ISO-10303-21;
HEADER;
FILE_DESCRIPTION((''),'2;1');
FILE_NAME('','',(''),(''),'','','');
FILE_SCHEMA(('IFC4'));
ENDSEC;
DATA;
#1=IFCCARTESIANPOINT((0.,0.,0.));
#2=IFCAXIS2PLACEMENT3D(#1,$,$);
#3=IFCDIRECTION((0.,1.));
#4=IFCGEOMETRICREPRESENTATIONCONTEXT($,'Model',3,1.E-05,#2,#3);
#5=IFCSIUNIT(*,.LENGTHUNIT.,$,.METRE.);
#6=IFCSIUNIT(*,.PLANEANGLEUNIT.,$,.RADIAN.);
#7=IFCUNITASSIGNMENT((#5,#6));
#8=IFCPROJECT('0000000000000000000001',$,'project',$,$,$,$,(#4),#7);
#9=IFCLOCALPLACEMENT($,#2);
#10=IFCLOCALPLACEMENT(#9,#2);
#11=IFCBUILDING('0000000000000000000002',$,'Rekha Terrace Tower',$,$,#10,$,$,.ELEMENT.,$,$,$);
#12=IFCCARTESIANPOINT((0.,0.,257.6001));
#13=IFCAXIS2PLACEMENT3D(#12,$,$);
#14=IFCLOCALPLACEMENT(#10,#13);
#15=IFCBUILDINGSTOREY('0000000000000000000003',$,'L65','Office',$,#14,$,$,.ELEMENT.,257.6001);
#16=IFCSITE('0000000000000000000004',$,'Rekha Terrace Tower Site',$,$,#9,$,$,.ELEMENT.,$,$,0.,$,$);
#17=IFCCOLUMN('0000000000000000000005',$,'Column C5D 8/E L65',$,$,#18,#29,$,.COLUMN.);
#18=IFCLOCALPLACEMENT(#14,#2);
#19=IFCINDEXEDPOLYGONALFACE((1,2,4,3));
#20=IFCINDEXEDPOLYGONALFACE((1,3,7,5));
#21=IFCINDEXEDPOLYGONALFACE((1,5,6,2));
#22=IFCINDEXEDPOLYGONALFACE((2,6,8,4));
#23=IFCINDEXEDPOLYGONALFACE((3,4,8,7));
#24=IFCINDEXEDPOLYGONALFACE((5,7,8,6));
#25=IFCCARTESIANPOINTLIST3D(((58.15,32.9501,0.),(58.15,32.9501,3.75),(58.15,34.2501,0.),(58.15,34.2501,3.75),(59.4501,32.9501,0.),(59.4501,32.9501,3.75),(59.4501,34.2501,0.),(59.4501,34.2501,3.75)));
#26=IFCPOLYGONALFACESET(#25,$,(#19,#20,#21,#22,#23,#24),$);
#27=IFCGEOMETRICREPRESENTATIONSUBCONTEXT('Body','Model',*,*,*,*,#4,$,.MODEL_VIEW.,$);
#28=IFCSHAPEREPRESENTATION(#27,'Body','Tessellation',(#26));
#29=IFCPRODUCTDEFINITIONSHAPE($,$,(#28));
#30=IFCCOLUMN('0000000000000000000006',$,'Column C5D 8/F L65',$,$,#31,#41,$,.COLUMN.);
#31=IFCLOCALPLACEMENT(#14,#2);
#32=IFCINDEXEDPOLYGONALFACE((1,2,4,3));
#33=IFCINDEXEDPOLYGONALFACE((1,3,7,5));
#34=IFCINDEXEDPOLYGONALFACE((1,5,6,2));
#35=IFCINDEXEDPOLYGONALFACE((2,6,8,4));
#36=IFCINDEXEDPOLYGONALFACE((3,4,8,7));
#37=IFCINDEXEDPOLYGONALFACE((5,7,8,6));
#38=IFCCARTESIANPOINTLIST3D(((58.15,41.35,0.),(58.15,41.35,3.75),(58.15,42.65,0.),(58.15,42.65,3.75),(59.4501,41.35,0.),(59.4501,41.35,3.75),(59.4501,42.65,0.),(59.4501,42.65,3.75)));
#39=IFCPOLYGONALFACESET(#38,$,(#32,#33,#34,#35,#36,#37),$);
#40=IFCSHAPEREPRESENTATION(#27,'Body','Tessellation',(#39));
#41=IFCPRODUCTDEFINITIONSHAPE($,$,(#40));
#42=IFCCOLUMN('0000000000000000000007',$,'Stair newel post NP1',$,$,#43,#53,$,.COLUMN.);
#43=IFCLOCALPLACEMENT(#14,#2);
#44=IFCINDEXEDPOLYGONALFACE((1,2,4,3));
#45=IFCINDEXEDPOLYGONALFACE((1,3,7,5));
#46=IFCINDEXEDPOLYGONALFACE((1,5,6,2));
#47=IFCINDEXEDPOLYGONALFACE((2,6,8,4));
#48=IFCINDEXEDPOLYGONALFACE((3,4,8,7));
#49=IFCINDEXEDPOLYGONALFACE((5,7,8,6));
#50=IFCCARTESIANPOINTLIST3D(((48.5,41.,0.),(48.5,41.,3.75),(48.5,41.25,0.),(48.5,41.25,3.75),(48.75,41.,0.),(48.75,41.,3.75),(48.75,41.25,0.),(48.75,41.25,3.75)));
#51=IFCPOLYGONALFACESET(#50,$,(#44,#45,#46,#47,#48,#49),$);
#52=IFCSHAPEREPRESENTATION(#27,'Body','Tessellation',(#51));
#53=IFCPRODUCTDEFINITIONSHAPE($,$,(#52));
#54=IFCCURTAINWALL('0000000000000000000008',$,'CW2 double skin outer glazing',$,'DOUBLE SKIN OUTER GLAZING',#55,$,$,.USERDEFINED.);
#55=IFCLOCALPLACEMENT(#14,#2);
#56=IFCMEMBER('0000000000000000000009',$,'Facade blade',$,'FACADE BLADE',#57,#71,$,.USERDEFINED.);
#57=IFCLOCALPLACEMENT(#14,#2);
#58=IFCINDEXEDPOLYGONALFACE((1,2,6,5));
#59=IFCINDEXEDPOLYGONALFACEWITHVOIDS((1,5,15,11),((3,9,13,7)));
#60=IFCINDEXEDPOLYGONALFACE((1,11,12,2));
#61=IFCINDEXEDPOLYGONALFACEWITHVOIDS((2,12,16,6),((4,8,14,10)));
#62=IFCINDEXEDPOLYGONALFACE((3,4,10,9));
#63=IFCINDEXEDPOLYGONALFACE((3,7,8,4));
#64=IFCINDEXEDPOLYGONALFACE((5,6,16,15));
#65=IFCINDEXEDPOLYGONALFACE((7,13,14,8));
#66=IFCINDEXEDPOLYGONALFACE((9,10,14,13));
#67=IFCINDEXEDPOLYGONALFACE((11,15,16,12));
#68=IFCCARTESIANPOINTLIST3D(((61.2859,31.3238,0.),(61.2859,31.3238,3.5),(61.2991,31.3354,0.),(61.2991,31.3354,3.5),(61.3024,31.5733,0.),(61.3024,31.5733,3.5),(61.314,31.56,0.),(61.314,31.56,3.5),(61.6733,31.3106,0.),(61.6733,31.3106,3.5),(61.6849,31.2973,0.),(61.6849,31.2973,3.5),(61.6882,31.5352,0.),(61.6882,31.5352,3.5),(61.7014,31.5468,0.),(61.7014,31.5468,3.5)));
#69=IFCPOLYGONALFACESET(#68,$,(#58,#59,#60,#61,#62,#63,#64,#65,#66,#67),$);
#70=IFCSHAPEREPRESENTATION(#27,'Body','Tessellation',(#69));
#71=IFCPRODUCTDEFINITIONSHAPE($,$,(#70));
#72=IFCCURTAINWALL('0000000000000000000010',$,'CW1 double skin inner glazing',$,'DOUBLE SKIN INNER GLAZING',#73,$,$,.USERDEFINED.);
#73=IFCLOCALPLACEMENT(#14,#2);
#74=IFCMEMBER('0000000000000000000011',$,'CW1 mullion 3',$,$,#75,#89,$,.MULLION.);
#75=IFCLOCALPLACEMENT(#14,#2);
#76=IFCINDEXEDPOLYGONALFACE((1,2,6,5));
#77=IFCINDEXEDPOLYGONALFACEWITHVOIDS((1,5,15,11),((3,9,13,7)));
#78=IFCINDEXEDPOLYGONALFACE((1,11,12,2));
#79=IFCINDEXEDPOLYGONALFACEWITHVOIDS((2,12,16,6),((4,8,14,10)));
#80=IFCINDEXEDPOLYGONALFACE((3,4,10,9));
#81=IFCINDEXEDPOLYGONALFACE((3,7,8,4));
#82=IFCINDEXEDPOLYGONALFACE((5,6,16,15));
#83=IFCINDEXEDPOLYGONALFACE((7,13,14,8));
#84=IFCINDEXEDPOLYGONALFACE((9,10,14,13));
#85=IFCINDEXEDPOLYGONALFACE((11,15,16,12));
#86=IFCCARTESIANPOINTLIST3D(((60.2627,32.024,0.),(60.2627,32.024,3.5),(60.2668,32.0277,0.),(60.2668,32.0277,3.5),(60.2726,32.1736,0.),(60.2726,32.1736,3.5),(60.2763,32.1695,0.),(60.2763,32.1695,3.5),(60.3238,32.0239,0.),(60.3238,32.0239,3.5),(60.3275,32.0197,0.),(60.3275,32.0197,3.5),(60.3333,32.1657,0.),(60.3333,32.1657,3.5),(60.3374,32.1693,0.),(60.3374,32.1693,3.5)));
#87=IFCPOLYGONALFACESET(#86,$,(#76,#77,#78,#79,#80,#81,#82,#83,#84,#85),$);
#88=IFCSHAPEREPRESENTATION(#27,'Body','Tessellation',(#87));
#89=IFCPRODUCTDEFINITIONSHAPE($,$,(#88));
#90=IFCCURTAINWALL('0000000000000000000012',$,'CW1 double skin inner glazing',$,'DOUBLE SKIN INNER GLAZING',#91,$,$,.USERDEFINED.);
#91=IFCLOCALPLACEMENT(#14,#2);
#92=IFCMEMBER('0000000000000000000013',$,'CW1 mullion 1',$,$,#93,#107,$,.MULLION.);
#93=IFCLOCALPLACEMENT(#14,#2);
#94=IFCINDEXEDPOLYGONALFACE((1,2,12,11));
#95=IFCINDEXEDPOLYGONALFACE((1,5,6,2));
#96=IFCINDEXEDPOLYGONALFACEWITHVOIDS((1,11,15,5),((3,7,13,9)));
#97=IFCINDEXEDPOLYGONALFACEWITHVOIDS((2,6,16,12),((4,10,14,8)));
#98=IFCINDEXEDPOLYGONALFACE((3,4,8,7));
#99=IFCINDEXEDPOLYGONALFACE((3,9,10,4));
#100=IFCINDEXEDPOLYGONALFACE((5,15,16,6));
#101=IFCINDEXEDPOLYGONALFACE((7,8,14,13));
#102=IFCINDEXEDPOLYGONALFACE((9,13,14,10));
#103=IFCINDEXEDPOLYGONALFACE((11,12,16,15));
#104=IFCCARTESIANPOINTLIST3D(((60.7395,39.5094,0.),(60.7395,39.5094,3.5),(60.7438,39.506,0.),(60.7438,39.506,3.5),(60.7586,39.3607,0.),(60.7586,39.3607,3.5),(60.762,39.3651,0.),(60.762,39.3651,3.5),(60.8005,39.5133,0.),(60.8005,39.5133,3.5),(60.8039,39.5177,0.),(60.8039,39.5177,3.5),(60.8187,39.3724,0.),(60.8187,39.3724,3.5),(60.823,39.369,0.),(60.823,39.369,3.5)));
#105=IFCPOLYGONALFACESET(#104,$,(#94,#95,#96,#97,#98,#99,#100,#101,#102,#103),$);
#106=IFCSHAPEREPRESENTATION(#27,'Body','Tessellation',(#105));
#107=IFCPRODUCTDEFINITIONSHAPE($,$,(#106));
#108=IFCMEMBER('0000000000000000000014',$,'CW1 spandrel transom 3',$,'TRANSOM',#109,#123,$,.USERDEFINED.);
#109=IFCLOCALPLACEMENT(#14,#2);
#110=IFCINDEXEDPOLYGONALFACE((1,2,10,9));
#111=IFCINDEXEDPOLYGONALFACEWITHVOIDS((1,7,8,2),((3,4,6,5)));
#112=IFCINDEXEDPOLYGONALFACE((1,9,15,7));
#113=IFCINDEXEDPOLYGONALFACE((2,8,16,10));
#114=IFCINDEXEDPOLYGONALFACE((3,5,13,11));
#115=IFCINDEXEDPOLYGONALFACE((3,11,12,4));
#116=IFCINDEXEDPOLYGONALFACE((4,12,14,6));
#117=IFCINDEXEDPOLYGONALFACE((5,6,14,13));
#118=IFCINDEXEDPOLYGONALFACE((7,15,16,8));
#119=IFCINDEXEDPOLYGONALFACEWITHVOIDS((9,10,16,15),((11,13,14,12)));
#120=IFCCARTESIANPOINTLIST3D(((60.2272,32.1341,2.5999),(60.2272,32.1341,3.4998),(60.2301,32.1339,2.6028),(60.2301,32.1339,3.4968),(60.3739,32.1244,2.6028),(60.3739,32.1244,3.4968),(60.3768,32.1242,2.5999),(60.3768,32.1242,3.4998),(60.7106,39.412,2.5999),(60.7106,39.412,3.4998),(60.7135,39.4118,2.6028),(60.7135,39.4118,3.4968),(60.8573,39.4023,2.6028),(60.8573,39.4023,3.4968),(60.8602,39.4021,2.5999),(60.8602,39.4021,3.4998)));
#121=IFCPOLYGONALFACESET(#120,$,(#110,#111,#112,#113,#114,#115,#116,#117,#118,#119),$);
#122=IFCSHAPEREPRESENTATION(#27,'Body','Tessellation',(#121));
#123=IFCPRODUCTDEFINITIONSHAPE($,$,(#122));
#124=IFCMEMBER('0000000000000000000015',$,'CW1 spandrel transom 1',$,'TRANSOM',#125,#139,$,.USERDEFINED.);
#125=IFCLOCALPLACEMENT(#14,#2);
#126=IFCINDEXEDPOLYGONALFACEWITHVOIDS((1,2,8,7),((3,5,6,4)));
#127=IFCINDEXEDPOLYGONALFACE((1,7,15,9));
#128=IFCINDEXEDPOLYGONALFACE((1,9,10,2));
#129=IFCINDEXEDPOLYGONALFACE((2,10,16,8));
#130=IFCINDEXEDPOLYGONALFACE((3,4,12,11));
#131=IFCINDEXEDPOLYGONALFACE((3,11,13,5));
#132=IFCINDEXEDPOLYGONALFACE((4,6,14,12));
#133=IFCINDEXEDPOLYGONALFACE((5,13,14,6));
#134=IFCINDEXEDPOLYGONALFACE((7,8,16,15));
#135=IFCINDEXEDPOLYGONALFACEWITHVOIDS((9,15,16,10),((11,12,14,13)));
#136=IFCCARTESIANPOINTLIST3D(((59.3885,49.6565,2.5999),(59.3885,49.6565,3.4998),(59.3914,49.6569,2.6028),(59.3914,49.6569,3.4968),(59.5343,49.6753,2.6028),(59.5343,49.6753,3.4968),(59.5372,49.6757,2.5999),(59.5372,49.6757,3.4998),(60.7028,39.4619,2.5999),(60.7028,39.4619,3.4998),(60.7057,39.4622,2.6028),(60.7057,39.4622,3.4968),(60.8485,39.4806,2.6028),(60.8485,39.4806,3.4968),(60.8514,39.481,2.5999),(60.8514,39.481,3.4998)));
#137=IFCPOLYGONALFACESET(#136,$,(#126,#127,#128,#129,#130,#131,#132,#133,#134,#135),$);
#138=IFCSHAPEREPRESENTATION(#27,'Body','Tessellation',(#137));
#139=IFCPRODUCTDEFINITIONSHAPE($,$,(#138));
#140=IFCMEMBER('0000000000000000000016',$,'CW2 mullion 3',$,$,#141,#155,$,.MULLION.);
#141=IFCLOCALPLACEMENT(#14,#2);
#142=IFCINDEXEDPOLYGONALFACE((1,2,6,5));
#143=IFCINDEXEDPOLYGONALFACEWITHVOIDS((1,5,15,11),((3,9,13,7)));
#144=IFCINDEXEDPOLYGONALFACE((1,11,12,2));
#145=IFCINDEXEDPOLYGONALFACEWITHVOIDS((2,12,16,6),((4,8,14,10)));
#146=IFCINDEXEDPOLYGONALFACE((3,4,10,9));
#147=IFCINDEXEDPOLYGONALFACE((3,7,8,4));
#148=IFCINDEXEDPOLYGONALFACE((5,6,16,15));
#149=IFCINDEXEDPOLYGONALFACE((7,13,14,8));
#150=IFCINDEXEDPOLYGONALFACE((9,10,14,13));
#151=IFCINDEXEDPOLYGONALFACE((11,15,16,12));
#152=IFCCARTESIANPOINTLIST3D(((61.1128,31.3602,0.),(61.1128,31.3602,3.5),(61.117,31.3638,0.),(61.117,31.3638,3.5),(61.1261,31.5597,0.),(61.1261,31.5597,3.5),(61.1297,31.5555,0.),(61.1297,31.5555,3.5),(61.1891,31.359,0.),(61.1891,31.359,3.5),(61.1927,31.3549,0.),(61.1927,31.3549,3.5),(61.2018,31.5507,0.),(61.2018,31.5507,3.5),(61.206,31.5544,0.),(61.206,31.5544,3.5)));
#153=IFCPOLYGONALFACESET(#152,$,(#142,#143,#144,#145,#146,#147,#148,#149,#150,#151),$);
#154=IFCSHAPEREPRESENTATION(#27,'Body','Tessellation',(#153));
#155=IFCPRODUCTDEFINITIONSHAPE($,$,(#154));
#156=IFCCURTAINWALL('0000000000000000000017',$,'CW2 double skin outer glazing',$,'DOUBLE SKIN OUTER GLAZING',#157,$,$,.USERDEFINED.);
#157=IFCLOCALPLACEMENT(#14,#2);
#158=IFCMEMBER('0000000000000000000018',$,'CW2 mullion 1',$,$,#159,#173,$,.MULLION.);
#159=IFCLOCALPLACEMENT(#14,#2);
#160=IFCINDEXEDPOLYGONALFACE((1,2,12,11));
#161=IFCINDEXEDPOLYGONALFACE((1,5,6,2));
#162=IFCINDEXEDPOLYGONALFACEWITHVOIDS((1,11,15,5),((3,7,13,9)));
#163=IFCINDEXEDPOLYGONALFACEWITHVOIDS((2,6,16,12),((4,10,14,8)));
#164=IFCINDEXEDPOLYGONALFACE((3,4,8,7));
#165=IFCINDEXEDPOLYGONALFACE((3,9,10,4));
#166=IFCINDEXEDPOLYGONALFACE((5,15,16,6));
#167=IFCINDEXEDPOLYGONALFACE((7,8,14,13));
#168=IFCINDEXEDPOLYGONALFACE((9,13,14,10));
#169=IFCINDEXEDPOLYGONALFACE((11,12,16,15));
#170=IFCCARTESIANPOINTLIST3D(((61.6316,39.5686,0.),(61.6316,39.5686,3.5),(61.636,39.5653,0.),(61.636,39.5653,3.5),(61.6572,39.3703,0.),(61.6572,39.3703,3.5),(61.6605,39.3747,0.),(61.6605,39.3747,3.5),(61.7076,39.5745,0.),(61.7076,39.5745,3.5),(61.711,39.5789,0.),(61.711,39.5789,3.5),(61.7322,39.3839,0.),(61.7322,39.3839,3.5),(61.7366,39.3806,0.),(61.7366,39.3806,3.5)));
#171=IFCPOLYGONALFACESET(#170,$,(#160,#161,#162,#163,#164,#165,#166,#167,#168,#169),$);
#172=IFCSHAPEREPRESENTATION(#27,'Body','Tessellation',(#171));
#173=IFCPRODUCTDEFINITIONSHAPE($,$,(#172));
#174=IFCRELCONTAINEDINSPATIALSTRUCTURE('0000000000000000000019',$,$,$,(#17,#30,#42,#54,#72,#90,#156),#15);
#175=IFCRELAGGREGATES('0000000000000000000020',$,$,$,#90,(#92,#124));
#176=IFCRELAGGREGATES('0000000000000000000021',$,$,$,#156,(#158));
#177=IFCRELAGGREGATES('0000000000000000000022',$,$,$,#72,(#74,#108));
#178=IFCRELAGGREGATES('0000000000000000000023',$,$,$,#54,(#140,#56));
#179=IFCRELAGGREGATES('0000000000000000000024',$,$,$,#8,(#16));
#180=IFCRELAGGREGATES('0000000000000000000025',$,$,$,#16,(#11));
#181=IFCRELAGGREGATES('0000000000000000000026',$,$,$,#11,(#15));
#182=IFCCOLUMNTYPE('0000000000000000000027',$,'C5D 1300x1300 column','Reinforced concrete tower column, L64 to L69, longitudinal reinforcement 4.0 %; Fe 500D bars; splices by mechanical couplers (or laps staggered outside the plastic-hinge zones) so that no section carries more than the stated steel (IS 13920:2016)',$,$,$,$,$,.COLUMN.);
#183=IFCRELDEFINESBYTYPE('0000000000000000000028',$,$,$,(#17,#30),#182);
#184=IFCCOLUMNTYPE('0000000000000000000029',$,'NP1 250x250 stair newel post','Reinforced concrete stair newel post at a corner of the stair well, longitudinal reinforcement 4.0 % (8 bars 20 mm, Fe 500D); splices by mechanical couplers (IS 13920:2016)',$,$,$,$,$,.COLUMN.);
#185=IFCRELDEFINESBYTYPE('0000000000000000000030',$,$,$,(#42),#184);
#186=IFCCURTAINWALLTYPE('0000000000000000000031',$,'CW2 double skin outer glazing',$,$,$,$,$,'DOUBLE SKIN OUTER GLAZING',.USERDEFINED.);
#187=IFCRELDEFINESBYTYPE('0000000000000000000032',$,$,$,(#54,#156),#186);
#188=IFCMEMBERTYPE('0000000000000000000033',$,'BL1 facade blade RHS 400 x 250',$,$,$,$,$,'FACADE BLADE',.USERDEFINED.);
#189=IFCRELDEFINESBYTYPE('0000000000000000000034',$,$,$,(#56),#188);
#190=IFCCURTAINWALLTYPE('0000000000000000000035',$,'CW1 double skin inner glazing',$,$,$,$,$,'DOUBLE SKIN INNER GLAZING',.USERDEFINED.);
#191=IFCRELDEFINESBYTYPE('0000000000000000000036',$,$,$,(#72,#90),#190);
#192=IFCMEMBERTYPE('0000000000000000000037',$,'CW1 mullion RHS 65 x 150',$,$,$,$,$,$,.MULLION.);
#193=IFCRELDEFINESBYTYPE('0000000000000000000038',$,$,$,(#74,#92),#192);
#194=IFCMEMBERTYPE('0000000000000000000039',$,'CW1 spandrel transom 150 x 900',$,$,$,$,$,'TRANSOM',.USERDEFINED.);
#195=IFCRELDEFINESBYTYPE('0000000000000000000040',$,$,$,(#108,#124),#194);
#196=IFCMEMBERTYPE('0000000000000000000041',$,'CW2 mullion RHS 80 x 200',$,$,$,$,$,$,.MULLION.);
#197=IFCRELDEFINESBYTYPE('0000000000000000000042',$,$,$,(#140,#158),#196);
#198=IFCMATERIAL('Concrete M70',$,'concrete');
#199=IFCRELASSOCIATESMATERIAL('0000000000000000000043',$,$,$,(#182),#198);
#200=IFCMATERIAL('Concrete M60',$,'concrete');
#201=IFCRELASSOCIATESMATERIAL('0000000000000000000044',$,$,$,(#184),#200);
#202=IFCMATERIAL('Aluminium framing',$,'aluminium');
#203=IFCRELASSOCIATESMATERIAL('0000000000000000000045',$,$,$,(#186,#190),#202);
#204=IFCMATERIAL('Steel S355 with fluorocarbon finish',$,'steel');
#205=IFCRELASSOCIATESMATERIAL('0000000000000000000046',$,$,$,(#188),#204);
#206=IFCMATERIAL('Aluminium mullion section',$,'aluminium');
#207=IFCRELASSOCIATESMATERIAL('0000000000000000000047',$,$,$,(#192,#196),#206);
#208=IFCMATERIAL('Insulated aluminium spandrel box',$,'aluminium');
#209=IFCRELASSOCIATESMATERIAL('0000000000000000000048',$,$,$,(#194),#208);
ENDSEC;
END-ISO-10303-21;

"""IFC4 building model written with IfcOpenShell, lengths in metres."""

from ifc_helpers import new_model, si_unit, direction, frame, origin, origin_2d, place, context, subcontext, project, spatial, rectangle, hollow_rectangle, extrude, material, material_profile, profile_set, type_object, element, aggregate, save


model = new_model("IFC4")

# Units and contexts
model_context = context("Model", 3, precision=1e-05, world=origin(), true_north=direction((0.0, 1.0)))
body_context = subcontext(model_context, "Body", "Model", "MODEL_VIEW")
ifc_project = project(units=[si_unit("LENGTHUNIT", "METRE"), si_unit("PLANEANGLEUNIT", "RADIAN")], contexts=[model_context])

# Site, building, storey
site_placement = place(None, origin())
site = spatial("IfcSite", under=ifc_project, at=site_placement, Name="Rekha Terrace Tower Site", CompositionType="ELEMENT", RefElevation=0.0)
building_placement = place(site_placement, origin())
building = spatial("IfcBuilding", under=site, at=building_placement, Name="Rekha Terrace Tower", CompositionType="ELEMENT")
storey_placement = place(building_placement, frame((0.0, 0.0, 257.6001)))
storey = spatial("IfcBuildingStorey", under=building, at=storey_placement, Name="L65", Description="Office", CompositionType="ELEMENT", Elevation=257.6001)

# Columns
ifc_material_1 = material(Name="Concrete M70", Category="concrete")
ifc_material_profile_1 = material_profile(ifc_material_1, rectangle(XDim=1.3, YDim=1.3, at=origin_2d()), Name="RC 1300x1300")
ifc_profile_set_1 = profile_set([ifc_material_profile_1], Name="Concrete M70")
column_type_1 = type_object("IfcColumnType", Name="C5D 1300x1300 column", Description="Reinforced concrete tower column, L64 to L69, longitudinal reinforcement 4.0 %; Fe 500D bars; splices by mechanical couplers (or laps staggered outside the plastic-hinge zones) so that no section carries more than the stated steel (IS 13920:2016)", PredefinedType="COLUMN", material=ifc_profile_set_1)
for number, where, z_axis, x_axis, name in (
    (1, (58.8, 33.6001, 0.0), (0.0, 0.0, 1.0), (1.0, 0.0, 0.0), "Column C5D 8/E L65"),
    (2, (58.8, 42.0, 0.0), (0.0, 0.0, 1.0), (1.0, 0.0, 0.0), "Column C5D 8/F L65"),
):
    element("IfcColumn", number, at=place(storey_placement, frame(where, z_axis=z_axis, x_axis=x_axis)), inside=storey, type_object=column_type_1, Name=name, PredefinedType="COLUMN", context=body_context, shape_type="SweptSolid", body=[
        extrude(rectangle(XDim=1.3, YDim=1.3, at=origin_2d()), origin(), (0.0, 0.0, 1.0), 3.75),
    ])
ifc_material_2 = material(Name="Concrete M60", Category="concrete")
ifc_material_profile_2 = material_profile(ifc_material_2, rectangle(XDim=0.25, YDim=0.25, at=origin_2d()), Name="RC 250x250")
ifc_profile_set_2 = profile_set([ifc_material_profile_2], Name="Concrete M60")
column_type_2 = type_object("IfcColumnType", Name="NP1 250x250 stair newel post", Description="Reinforced concrete stair newel post at a corner of the stair well, longitudinal reinforcement 4.0 % (8 bars 20 mm, Fe 500D); splices by mechanical couplers (IS 13920:2016)", PredefinedType="COLUMN", material=ifc_profile_set_2)
column_placement = place(storey_placement, frame((48.625, 41.125, 0.0), z_axis=(0.0, 0.0, 1.0), x_axis=(1.0, 0.0, 0.0)))
element("IfcColumn", 3, at=column_placement, inside=storey, type_object=column_type_2, Name="Stair newel post NP1", PredefinedType="COLUMN", context=body_context, shape_type="SweptSolid", body=[
    extrude(rectangle(XDim=0.25, YDim=0.25, at=origin_2d()), origin(), (0.0, 0.0, 1.0), 3.75),
])

# Curtain walls, members
ifc_material_3 = material(Name="Aluminium framing", Category="aluminium")
curtain_wall_type_1 = type_object("IfcCurtainWallType", Name="CW2 double skin outer glazing", ElementType="DOUBLE SKIN OUTER GLAZING", PredefinedType="USERDEFINED", material=ifc_material_3)
curtain_wall_1_placement = place(storey_placement, origin())
curtain_wall_1 = element("IfcCurtainWall", 4, at=curtain_wall_1_placement, inside=storey, type_object=curtain_wall_type_1, Name="CW2 double skin outer glazing", ObjectType="DOUBLE SKIN OUTER GLAZING", PredefinedType="USERDEFINED")
ifc_material_4 = material(Name="Steel S355 with fluorocarbon finish", Category="steel")
ifc_material_profile_3 = material_profile(ifc_material_4, hollow_rectangle(XDim=0.25, YDim=0.3999, WallThickness=0.0125, at=origin_2d()), Name="RHS400x250x12.5")
ifc_profile_set_3 = profile_set([ifc_material_profile_3], Name="Steel S355 with fluorocarbon finish")
member_type_1 = type_object("IfcMemberType", Name="BL1 facade blade RHS 400 x 250", ElementType="FACADE BLADE", PredefinedType="USERDEFINED", material=ifc_profile_set_3)
member_1_placement = place(storey_placement, frame((61.4937, 31.4353, 0.0), z_axis=(0.0, 0.0, 1.0), x_axis=(0.066272, 0.997802, 0.0)))
member_1 = element("IfcMember", 5, at=member_1_placement, type_object=member_type_1, Name="Facade blade", ObjectType="FACADE BLADE", PredefinedType="USERDEFINED", context=body_context, shape_type="SweptSolid", body=[
    extrude(hollow_rectangle(XDim=0.25, YDim=0.3999, WallThickness=0.0125, at=origin_2d()), origin(), (0.0, 0.0, 1.0), 3.5),
])
curtain_wall_type_2 = type_object("IfcCurtainWallType", Name="CW1 double skin inner glazing", ElementType="DOUBLE SKIN INNER GLAZING", PredefinedType="USERDEFINED", material=ifc_material_3)
curtain_wall_2_placement = place(storey_placement, origin())
curtain_wall_2 = element("IfcCurtainWall", 6, at=curtain_wall_2_placement, inside=storey, type_object=curtain_wall_type_2, Name="CW1 double skin inner glazing", ObjectType="DOUBLE SKIN INNER GLAZING", PredefinedType="USERDEFINED")
ifc_material_5 = material(Name="Aluminium mullion section", Category="aluminium")
ifc_material_profile_4 = material_profile(ifc_material_5, hollow_rectangle(XDim=0.0649, YDim=0.1499, WallThickness=0.0039, at=origin_2d()), Name="AL RHS 65x150")
ifc_profile_set_4 = profile_set([ifc_material_profile_4], Name="Aluminium mullion section")
member_type_2 = type_object("IfcMemberType", Name="CW1 mullion RHS 65 x 150", PredefinedType="MULLION", material=ifc_profile_set_4)
member_2_placement = place(storey_placement, frame((60.3, 32.0967, 0.0), z_axis=(0.0, 0.0, 1.0), x_axis=(-0.997802, 0.066272, 0.0)))
member_2 = element("IfcMember", 7, at=member_2_placement, type_object=member_type_2, Name="CW1 mullion 3", PredefinedType="MULLION", context=body_context, shape_type="SweptSolid", body=[
    extrude(hollow_rectangle(XDim=0.0649, YDim=0.1499, WallThickness=0.0039, at=origin_2d()), origin(), (0.0, 0.0, 1.0), 3.5),
])
curtain_wall_3_placement = place(storey_placement, origin())
curtain_wall_3 = element("IfcCurtainWall", 8, at=curtain_wall_3_placement, inside=storey, type_object=curtain_wall_type_2, Name="CW1 double skin inner glazing", ObjectType="DOUBLE SKIN INNER GLAZING", PredefinedType="USERDEFINED")
member_3_placement = place(storey_placement, frame((60.7812, 39.4392, 0.0), z_axis=(0.0, 0.0, 1.0), x_axis=(-0.991791, -0.12787, 0.0)))
member_3 = element("IfcMember", 9, at=member_3_placement, type_object=member_type_2, Name="CW1 mullion 1", PredefinedType="MULLION", context=body_context, shape_type="SweptSolid", body=[
    extrude(hollow_rectangle(XDim=0.0649, YDim=0.1499, WallThickness=0.0039, at=origin_2d()), origin(), (0.0, 0.0, 1.0), 3.5),
])

# Members
ifc_material_6 = material(Name="Insulated aluminium spandrel box", Category="aluminium")
ifc_material_profile_5 = material_profile(ifc_material_6, hollow_rectangle(XDim=0.1499, YDim=0.8999, WallThickness=0.0029, at=origin_2d()), Name="AL SPANDREL BOX 150x900")
ifc_profile_set_5 = profile_set([ifc_material_profile_5], Name="Insulated aluminium spandrel box")
member_type_3 = type_object("IfcMemberType", Name="CW1 spandrel transom 150 x 900", ElementType="TRANSOM", PredefinedType="USERDEFINED", material=ifc_profile_set_5)
member_4_placement = place(storey_placement, frame((60.302, 32.1292, 3.0498), z_axis=(0.066275, 0.997801, 0.0), x_axis=(-0.997801, 0.066275, 0.0)))
member_4 = element("IfcMember", 10, at=member_4_placement, type_object=member_type_3, Name="CW1 spandrel transom 3", ObjectType="TRANSOM", PredefinedType="USERDEFINED", context=body_context, shape_type="SweptSolid", body=[
    extrude(hollow_rectangle(XDim=0.1499, YDim=0.8999, WallThickness=0.0029, at=origin_2d()), origin(), (0.0, 0.0, 1.0), 7.2939),
])
member_5_placement = place(storey_placement, frame((60.7771, 39.4714, 3.0498), z_axis=(-0.127855, 0.991793, 0.0), x_axis=(-0.991793, -0.127855, 0.0)))
member_5 = element("IfcMember", 11, at=member_5_placement, type_object=member_type_3, Name="CW1 spandrel transom 1", ObjectType="TRANSOM", PredefinedType="USERDEFINED", context=body_context, shape_type="SweptSolid", body=[
    extrude(hollow_rectangle(XDim=0.1499, YDim=0.8999, WallThickness=0.0029, at=origin_2d()), origin(), (0.0, 0.0, 1.0), 10.2791),
])
aggregate(curtain_wall_3, [member_3, member_5])
ifc_material_profile_6 = material_profile(ifc_material_5, hollow_rectangle(XDim=0.0801, YDim=0.2, WallThickness=0.0039, at=origin_2d()), Name="AL RHS 80x200")
ifc_profile_set_6 = profile_set([ifc_material_profile_6], Name="Aluminium mullion section")
member_type_4 = type_object("IfcMemberType", Name="CW2 mullion RHS 80 x 200", PredefinedType="MULLION", material=ifc_profile_set_6)
member_6_placement = place(storey_placement, frame((61.1594, 31.4573, 0.0), z_axis=(0.0, 0.0, 1.0), x_axis=(-0.997802, 0.066272, 0.0)))
member_6 = element("IfcMember", 12, at=member_6_placement, type_object=member_type_4, Name="CW2 mullion 3", PredefinedType="MULLION", context=body_context, shape_type="SweptSolid", body=[
    extrude(hollow_rectangle(XDim=0.0801, YDim=0.2, WallThickness=0.0039, at=origin_2d()), origin(), (0.0, 0.0, 1.0), 3.5),
])

# Curtain wall, member
curtain_wall_4_placement = place(storey_placement, origin())
curtain_wall_4 = element("IfcCurtainWall", 13, at=curtain_wall_4_placement, inside=storey, type_object=curtain_wall_type_1, Name="CW2 double skin outer glazing", ObjectType="DOUBLE SKIN OUTER GLAZING", PredefinedType="USERDEFINED")
member_7_placement = place(storey_placement, frame((61.6841, 39.4746, 0.0), z_axis=(0.0, 0.0, 1.0), x_axis=(-0.991791, -0.12787, 0.0)))
member_7 = element("IfcMember", 14, at=member_7_placement, type_object=member_type_4, Name="CW2 mullion 1", PredefinedType="MULLION", context=body_context, shape_type="SweptSolid", body=[
    extrude(hollow_rectangle(XDim=0.0801, YDim=0.2, WallThickness=0.0039, at=origin_2d()), origin(), (0.0, 0.0, 1.0), 3.5),
])

aggregate(curtain_wall_4, [member_7])

aggregate(curtain_wall_2, [member_2, member_4])
aggregate(curtain_wall_1, [member_6, member_1])

save(model, "model.ifc")
